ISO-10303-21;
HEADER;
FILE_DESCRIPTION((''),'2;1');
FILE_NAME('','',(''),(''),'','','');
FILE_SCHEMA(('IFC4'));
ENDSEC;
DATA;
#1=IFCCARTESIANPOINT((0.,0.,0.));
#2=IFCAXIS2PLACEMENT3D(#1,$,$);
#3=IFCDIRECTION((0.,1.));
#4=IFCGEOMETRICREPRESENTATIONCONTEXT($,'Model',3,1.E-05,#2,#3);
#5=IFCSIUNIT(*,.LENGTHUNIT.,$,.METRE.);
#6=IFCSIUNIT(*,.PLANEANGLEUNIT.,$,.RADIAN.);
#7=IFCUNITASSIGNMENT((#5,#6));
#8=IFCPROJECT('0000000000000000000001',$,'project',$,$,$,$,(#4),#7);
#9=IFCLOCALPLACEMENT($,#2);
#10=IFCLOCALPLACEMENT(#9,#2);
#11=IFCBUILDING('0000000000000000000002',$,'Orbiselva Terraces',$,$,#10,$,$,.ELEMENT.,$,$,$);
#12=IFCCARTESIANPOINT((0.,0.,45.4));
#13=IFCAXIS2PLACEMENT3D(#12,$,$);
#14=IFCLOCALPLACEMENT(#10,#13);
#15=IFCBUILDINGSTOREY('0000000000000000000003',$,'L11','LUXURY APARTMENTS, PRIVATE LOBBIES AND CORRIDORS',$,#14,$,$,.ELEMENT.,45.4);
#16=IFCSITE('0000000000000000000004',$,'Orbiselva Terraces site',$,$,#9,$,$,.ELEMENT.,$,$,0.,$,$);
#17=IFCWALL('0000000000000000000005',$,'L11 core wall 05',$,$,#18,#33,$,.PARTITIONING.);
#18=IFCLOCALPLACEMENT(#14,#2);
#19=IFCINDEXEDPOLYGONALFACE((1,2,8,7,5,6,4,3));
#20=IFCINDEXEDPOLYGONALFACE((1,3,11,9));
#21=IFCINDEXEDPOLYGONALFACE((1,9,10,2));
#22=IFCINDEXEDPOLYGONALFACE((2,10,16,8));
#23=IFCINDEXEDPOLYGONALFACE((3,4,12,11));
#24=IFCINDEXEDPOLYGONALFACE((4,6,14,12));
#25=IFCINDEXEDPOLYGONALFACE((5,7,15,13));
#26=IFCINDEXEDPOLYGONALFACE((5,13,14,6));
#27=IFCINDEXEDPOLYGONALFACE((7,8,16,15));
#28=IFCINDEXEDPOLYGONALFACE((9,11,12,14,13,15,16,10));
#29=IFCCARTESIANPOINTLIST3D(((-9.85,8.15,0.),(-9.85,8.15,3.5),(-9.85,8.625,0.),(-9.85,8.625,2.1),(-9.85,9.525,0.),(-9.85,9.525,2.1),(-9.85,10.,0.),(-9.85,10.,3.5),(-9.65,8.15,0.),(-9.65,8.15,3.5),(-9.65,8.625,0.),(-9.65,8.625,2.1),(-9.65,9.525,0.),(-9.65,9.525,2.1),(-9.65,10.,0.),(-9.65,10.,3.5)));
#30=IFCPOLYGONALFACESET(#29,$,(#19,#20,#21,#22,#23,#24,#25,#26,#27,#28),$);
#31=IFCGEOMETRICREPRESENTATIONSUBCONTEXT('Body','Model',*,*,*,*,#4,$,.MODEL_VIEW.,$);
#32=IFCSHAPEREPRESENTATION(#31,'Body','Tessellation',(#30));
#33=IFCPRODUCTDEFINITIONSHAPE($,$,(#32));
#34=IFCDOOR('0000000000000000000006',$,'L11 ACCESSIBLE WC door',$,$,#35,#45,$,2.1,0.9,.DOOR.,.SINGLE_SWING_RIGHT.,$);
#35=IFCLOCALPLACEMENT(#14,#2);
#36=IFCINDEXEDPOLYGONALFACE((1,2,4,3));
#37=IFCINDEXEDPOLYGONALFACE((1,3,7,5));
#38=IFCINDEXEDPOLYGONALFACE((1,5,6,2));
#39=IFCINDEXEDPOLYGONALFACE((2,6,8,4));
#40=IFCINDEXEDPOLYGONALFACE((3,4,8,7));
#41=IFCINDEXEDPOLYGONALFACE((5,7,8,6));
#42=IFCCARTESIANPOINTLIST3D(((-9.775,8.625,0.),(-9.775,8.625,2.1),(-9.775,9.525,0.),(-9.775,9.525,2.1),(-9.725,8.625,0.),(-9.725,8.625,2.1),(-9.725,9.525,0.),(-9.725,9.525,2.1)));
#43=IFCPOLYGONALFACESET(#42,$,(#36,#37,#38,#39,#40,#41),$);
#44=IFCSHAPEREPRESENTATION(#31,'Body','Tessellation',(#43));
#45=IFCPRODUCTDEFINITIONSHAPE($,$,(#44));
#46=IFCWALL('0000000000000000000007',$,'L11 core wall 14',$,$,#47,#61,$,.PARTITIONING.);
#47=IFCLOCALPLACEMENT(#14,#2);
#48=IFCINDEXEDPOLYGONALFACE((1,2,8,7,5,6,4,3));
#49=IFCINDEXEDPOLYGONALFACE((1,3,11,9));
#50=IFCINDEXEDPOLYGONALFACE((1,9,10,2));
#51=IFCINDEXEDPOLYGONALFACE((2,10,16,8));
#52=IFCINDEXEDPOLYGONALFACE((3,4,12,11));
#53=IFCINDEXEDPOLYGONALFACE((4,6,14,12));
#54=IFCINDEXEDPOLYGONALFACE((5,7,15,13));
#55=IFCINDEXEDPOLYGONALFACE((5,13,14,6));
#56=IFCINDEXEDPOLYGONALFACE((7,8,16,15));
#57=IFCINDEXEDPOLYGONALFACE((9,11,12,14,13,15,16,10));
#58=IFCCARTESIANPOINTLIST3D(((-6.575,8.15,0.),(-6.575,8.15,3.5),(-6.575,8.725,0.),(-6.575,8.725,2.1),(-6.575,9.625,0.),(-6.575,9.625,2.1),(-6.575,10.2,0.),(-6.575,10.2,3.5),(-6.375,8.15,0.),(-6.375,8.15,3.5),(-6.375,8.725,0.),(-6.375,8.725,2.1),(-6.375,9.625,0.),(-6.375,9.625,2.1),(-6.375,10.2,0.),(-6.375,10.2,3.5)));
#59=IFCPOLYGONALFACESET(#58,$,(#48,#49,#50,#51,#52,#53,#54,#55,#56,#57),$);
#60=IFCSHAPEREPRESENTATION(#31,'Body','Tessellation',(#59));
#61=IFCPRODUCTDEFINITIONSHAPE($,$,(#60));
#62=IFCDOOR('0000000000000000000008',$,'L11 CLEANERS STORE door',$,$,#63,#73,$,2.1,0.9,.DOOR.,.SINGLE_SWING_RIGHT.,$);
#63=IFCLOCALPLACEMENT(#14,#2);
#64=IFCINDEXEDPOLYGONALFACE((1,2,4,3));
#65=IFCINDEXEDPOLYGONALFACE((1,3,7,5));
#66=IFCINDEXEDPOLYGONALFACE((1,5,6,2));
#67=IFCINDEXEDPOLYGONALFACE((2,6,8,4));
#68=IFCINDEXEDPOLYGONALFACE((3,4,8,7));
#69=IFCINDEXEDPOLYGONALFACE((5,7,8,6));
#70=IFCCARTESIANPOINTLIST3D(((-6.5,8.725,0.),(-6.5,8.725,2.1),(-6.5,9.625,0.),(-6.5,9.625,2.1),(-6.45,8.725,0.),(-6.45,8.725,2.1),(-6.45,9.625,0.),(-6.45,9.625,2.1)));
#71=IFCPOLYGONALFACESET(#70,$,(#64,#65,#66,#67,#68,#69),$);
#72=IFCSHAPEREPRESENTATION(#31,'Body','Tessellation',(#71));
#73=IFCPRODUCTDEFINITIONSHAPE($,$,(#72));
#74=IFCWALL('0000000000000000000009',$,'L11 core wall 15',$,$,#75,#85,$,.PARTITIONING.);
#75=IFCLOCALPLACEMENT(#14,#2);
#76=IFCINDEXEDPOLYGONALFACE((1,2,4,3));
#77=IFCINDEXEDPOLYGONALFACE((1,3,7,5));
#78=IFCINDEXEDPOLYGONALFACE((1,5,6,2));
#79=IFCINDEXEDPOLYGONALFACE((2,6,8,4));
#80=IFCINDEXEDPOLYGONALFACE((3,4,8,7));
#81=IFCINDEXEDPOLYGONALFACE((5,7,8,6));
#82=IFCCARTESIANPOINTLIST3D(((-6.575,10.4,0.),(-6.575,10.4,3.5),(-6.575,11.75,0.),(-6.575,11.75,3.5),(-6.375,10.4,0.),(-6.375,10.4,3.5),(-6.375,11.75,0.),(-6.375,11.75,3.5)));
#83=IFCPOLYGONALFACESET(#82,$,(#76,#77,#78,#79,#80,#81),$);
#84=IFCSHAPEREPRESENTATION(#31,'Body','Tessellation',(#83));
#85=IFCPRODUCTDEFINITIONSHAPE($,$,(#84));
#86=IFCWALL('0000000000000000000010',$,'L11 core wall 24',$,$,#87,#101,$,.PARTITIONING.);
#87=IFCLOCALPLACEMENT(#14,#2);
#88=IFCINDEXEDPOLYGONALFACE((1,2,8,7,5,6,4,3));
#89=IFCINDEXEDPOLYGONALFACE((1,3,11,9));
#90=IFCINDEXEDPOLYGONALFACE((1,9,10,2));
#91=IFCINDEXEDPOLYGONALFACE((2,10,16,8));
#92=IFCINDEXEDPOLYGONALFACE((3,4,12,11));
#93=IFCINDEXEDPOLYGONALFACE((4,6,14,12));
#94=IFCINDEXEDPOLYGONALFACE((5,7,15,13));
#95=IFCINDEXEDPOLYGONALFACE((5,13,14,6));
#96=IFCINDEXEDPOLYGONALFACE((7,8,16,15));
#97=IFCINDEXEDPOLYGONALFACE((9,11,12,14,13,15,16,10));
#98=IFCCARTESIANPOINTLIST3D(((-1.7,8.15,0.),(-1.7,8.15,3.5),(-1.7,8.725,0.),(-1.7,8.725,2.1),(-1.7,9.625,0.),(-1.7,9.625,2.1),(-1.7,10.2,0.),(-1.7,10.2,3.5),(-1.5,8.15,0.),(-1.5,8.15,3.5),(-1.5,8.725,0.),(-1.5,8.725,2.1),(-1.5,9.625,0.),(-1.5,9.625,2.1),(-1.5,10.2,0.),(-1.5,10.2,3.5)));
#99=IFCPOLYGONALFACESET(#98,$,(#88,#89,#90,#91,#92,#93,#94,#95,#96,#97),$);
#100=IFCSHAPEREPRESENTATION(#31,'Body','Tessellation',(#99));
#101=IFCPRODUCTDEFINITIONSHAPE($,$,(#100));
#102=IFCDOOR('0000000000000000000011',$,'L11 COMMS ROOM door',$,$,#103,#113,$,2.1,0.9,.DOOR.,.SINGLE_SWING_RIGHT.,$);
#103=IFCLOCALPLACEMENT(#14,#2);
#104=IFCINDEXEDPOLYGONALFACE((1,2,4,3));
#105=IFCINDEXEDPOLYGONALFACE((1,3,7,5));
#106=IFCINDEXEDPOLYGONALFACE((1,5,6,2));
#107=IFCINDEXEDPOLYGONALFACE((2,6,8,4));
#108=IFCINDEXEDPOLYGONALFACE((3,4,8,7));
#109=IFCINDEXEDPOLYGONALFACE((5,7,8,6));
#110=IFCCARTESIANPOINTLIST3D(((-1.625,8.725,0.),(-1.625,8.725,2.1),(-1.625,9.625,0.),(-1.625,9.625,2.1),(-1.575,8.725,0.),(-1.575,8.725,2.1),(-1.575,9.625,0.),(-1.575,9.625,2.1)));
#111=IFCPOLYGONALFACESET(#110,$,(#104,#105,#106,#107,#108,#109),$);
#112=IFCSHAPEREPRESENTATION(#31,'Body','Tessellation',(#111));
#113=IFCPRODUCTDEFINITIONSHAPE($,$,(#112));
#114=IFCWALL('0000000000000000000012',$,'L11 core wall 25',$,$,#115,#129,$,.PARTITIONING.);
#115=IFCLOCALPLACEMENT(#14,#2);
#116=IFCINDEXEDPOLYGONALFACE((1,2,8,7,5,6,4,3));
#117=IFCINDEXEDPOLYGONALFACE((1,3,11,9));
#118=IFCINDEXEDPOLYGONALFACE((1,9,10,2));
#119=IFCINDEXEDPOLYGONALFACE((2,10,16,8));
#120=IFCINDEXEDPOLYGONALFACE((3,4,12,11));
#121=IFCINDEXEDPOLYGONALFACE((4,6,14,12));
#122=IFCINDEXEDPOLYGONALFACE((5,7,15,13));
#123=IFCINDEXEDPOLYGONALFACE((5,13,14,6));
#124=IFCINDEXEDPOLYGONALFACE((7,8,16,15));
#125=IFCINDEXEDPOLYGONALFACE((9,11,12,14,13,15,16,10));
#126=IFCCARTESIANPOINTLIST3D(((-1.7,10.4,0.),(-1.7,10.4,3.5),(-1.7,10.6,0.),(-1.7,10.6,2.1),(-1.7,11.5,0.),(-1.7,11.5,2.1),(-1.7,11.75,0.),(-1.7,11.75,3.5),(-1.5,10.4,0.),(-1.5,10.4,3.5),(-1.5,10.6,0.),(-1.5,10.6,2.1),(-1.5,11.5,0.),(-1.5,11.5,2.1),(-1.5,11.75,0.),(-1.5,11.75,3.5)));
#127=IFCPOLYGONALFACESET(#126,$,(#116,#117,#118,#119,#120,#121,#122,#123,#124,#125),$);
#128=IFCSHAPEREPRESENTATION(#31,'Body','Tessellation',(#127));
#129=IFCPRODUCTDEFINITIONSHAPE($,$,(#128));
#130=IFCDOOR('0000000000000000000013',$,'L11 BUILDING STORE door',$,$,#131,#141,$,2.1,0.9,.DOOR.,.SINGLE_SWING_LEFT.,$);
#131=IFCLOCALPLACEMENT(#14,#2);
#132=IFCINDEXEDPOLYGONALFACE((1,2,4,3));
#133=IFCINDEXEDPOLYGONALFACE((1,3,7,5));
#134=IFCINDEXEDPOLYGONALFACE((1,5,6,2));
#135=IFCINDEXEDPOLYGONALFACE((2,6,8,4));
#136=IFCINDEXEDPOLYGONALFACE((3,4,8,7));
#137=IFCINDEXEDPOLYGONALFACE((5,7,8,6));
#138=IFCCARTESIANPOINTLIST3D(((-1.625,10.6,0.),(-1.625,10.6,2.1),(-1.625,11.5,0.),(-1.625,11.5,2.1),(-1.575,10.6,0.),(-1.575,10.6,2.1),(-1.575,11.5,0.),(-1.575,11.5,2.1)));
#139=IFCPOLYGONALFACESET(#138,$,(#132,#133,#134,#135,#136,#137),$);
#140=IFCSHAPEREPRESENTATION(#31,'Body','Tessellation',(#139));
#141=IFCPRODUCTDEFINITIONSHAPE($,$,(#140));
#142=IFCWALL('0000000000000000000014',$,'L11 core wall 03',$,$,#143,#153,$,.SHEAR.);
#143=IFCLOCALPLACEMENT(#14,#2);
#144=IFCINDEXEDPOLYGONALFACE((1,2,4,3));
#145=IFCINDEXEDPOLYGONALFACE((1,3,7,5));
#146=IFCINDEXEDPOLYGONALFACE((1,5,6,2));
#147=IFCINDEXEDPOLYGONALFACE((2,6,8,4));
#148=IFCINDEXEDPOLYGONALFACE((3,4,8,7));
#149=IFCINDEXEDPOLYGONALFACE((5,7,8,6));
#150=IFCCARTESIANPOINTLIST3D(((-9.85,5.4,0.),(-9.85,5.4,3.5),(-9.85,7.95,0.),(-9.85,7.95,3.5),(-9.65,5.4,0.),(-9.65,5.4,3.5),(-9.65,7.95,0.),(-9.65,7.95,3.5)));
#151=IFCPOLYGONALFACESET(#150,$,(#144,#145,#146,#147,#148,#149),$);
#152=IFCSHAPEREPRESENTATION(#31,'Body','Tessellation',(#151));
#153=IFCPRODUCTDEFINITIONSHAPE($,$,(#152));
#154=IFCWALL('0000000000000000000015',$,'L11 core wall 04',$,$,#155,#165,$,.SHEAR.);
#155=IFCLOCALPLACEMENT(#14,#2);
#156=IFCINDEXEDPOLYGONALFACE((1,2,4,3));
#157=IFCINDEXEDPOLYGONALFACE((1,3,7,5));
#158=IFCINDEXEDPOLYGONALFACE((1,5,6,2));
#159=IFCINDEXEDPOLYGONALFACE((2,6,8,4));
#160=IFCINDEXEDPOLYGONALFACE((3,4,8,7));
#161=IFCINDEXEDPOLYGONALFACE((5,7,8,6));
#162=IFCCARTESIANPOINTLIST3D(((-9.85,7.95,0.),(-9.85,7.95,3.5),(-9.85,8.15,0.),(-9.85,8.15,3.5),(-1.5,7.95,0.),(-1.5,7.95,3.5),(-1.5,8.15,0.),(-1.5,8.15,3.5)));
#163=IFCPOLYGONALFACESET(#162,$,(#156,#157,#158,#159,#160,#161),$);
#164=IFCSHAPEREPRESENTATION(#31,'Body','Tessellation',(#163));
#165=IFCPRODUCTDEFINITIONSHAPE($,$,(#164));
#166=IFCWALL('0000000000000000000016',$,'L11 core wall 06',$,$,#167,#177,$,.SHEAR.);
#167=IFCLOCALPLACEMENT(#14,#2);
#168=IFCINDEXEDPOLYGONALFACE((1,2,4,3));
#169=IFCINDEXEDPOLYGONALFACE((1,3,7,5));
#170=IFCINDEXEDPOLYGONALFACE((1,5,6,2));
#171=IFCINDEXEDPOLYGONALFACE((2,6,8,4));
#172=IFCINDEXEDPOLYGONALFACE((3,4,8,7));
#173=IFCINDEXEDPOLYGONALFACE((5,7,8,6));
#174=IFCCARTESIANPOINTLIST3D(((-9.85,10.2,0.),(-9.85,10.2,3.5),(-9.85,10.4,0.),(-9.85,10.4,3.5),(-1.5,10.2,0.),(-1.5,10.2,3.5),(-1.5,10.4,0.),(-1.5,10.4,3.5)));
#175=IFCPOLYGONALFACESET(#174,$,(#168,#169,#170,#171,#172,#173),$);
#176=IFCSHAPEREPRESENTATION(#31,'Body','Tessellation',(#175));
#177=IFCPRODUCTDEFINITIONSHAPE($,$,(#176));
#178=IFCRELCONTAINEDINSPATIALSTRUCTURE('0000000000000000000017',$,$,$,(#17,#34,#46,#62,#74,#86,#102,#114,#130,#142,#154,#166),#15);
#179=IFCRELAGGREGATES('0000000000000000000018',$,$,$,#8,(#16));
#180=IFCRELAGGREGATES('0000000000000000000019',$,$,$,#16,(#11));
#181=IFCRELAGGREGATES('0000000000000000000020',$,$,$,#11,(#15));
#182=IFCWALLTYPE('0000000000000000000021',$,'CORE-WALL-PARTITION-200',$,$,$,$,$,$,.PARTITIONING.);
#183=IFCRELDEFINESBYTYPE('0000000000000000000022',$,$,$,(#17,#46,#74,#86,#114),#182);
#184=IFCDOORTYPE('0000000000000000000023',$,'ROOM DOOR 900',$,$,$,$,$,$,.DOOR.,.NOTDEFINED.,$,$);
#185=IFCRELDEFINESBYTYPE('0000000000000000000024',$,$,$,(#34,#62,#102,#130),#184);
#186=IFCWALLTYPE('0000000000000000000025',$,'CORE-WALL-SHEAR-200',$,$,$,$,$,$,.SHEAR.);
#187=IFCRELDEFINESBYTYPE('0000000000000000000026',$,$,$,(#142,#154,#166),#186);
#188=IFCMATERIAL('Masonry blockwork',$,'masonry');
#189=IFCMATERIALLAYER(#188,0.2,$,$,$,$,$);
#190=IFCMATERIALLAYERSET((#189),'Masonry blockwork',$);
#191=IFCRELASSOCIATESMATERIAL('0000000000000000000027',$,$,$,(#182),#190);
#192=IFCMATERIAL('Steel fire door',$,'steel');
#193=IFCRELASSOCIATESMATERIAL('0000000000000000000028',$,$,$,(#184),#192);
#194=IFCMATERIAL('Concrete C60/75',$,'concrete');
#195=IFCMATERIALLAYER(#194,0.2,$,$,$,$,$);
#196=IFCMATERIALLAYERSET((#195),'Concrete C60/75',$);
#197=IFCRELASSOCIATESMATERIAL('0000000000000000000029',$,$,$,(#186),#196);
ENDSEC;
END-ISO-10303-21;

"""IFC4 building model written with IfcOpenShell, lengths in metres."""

from ifc_helpers import new_model, si_unit, direction, frame, frame_2d, origin, place, context, subcontext, project, spatial, rectangle, extrude, material, layer, layer_set, type_object, element, fill, save


model = new_model("IFC4")

# Units and contexts
model_context = context("Model", 3, precision=1e-05, world=origin(), true_north=direction((0.0, 1.0)))
body_context = subcontext(model_context, "Body", "Model", "MODEL_VIEW")
ifc_project = project(units=[si_unit("LENGTHUNIT", "METRE"), si_unit("PLANEANGLEUNIT", "RADIAN")], contexts=[model_context])

# Site, building, storey
site_placement = place(None, origin())
site = spatial("IfcSite", under=ifc_project, at=site_placement, Name="Orbiselva Terraces site", CompositionType="ELEMENT", RefElevation=0.0)
building_placement = place(site_placement, origin())
building = spatial("IfcBuilding", under=site, at=building_placement, Name="Orbiselva Terraces", CompositionType="ELEMENT")
storey_placement = place(building_placement, frame((0.0, 0.0, 45.4)))
storey = spatial("IfcBuildingStorey", under=building, at=storey_placement, Name="L11", Description="LUXURY APARTMENTS, PRIVATE LOBBIES AND CORRIDORS", CompositionType="ELEMENT", Elevation=45.4)

# Walls, openings, doors
ifc_material_1 = material(Name="Masonry blockwork", Category="masonry")
ifc_layer_1 = layer(ifc_material_1, 0.2)
ifc_layer_set_1 = layer_set([ifc_layer_1], Name="Masonry blockwork")
wall_type_1 = type_object("IfcWallType", Name="CORE-WALL-PARTITION-200", PredefinedType="PARTITIONING", material=ifc_layer_set_1)
wall_1_placement = place(storey_placement, frame((-9.75, 8.15, 0.0), z_axis=(0.0, 0.0, 1.0), x_axis=(0.0, 1.0, 0.0)))
wall_1 = element("IfcWall", 1, at=wall_1_placement, inside=storey, type_object=wall_type_1, Name="L11 core wall 05", PredefinedType="PARTITIONING", context=body_context, shape_type="SweptSolid", body=[
    extrude(rectangle(XDim=1.85, YDim=0.2, at=frame_2d((0.925, 0.0))), origin(), (0.0, 0.0, 1.0), 3.5),
])
opening_1_placement = place(wall_1_placement, frame((0.475, 0.0, 0.0)))
opening_1 = element("IfcOpeningElement", 2, at=opening_1_placement, cuts=wall_1, PredefinedType="OPENING", context=body_context, shape_type="SweptSolid", body=[
    extrude(rectangle(XDim=0.9, YDim=2.1, at=frame_2d((0.45, 1.05))), frame((0.0, 0.11, 0.0), z_axis=(0.0, -1.0, 0.0), x_axis=(1.0, 0.0, 0.0)), (0.0, 0.0, 1.0), 0.22),
])
ifc_material_2 = material(Name="Steel fire door", Category="steel")
door_type = type_object("IfcDoorType", Name="ROOM DOOR 900", OperationType="NOTDEFINED", PredefinedType="DOOR", material=ifc_material_2)
door_1_placement = place(opening_1_placement, origin())
door_1 = element("IfcDoor", 3, at=door_1_placement, inside=storey, type_object=door_type, Name="L11 ACCESSIBLE WC door", OperationType="SINGLE_SWING_RIGHT", OverallHeight=2.1, OverallWidth=0.9, PredefinedType="DOOR", context=body_context, shape_type="SweptSolid", body=[
    extrude(rectangle(XDim=0.9, YDim=2.1, at=frame_2d((0.45, 1.05))), frame((0.0, 0.025, 0.0), z_axis=(0.0, -1.0, 0.0), x_axis=(1.0, 0.0, 0.0)), (0.0, 0.0, 1.0), 0.05),
])
fill(opening_1, door_1)
wall_2_placement = place(storey_placement, frame((-6.475, 8.15, 0.0), z_axis=(0.0, 0.0, 1.0), x_axis=(0.0, 1.0, 0.0)))
wall_2 = element("IfcWall", 4, at=wall_2_placement, inside=storey, type_object=wall_type_1, Name="L11 core wall 14", PredefinedType="PARTITIONING", context=body_context, shape_type="SweptSolid", body=[
    extrude(rectangle(XDim=2.05, YDim=0.2, at=frame_2d((1.025, 0.0))), origin(), (0.0, 0.0, 1.0), 3.5),
])
opening_2_placement = place(wall_2_placement, frame((0.575, 0.0, 0.0)))
opening_2 = element("IfcOpeningElement", 5, at=opening_2_placement, cuts=wall_2, PredefinedType="OPENING", context=body_context, shape_type="SweptSolid", body=[
    extrude(rectangle(XDim=0.9, YDim=2.1, at=frame_2d((0.45, 1.05))), frame((0.0, 0.11, 0.0), z_axis=(0.0, -1.0, 0.0), x_axis=(1.0, 0.0, 0.0)), (0.0, 0.0, 1.0), 0.22),
])
door_2_placement = place(opening_2_placement, origin())
door_2 = element("IfcDoor", 6, at=door_2_placement, inside=storey, type_object=door_type, Name="L11 CLEANERS STORE door", OperationType="SINGLE_SWING_RIGHT", OverallHeight=2.1, OverallWidth=0.9, PredefinedType="DOOR", context=body_context, shape_type="SweptSolid", body=[
    extrude(rectangle(XDim=0.9, YDim=2.1, at=frame_2d((0.45, 1.05))), frame((0.0, 0.025, 0.0), z_axis=(0.0, -1.0, 0.0), x_axis=(1.0, 0.0, 0.0)), (0.0, 0.0, 1.0), 0.05),
])
fill(opening_2, door_2)

# Wall
wall_3_placement = place(storey_placement, frame((-6.475, 10.4, 0.0), z_axis=(0.0, 0.0, 1.0), x_axis=(0.0, 1.0, 0.0)))
element("IfcWall", 7, at=wall_3_placement, inside=storey, type_object=wall_type_1, Name="L11 core wall 15", PredefinedType="PARTITIONING", context=body_context, shape_type="SweptSolid", body=[
    extrude(rectangle(XDim=1.35, YDim=0.2, at=frame_2d((0.675, 0.0))), origin(), (0.0, 0.0, 1.0), 3.5),
])

# Walls, openings, doors
wall_4_placement = place(storey_placement, frame((-1.6, 8.15, 0.0), z_axis=(0.0, 0.0, 1.0), x_axis=(0.0, 1.0, 0.0)))
wall_4 = element("IfcWall", 8, at=wall_4_placement, inside=storey, type_object=wall_type_1, Name="L11 core wall 24", PredefinedType="PARTITIONING", context=body_context, shape_type="SweptSolid", body=[
    extrude(rectangle(XDim=2.05, YDim=0.2, at=frame_2d((1.025, 0.0))), origin(), (0.0, 0.0, 1.0), 3.5),
])
opening_3_placement = place(wall_4_placement, frame((0.575, 0.0, 0.0)))
opening_3 = element("IfcOpeningElement", 9, at=opening_3_placement, cuts=wall_4, PredefinedType="OPENING", context=body_context, shape_type="SweptSolid", body=[
    extrude(rectangle(XDim=0.9, YDim=2.1, at=frame_2d((0.45, 1.05))), frame((0.0, 0.11, 0.0), z_axis=(0.0, -1.0, 0.0), x_axis=(1.0, 0.0, 0.0)), (0.0, 0.0, 1.0), 0.22),
])
door_3_placement = place(opening_3_placement, origin())
door_3 = element("IfcDoor", 10, at=door_3_placement, inside=storey, type_object=door_type, Name="L11 COMMS ROOM door", OperationType="SINGLE_SWING_RIGHT", OverallHeight=2.1, OverallWidth=0.9, PredefinedType="DOOR", context=body_context, shape_type="SweptSolid", body=[
    extrude(rectangle(XDim=0.9, YDim=2.1, at=frame_2d((0.45, 1.05))), frame((0.0, 0.025, 0.0), z_axis=(0.0, -1.0, 0.0), x_axis=(1.0, 0.0, 0.0)), (0.0, 0.0, 1.0), 0.05),
])
fill(opening_3, door_3)
wall_5_placement = place(storey_placement, frame((-1.6, 10.4, 0.0), z_axis=(0.0, 0.0, 1.0), x_axis=(0.0, 1.0, 0.0)))
wall_5 = element("IfcWall", 11, at=wall_5_placement, inside=storey, type_object=wall_type_1, Name="L11 core wall 25", PredefinedType="PARTITIONING", context=body_context, shape_type="SweptSolid", body=[
    extrude(rectangle(XDim=1.35, YDim=0.2, at=frame_2d((0.675, 0.0))), origin(), (0.0, 0.0, 1.0), 3.5),
])
opening_4_placement = place(wall_5_placement, frame((0.2, 0.0, 0.0)))
opening_4 = element("IfcOpeningElement", 12, at=opening_4_placement, cuts=wall_5, PredefinedType="OPENING", context=body_context, shape_type="SweptSolid", body=[
    extrude(rectangle(XDim=0.9, YDim=2.1, at=frame_2d((0.45, 1.05))), frame((0.0, 0.11, 0.0), z_axis=(0.0, -1.0, 0.0), x_axis=(1.0, 0.0, 0.0)), (0.0, 0.0, 1.0), 0.22),
])
door_4_placement = place(opening_4_placement, origin())
door_4 = element("IfcDoor", 13, at=door_4_placement, inside=storey, type_object=door_type, Name="L11 BUILDING STORE door", OperationType="SINGLE_SWING_LEFT", OverallHeight=2.1, OverallWidth=0.9, PredefinedType="DOOR", context=body_context, shape_type="SweptSolid", body=[
    extrude(rectangle(XDim=0.9, YDim=2.1, at=frame_2d((0.45, 1.05))), frame((0.0, 0.025, 0.0), z_axis=(0.0, -1.0, 0.0), x_axis=(1.0, 0.0, 0.0)), (0.0, 0.0, 1.0), 0.05),
])
fill(opening_4, door_4)

# Walls
ifc_material_3 = material(Name="Concrete C60/75", Category="concrete")
ifc_layer_2 = layer(ifc_material_3, 0.2)
ifc_layer_set_2 = layer_set([ifc_layer_2], Name="Concrete C60/75")
wall_type_2 = type_object("IfcWallType", Name="CORE-WALL-SHEAR-200", PredefinedType="SHEAR", material=ifc_layer_set_2)
wall_6_placement = place(storey_placement, frame((-9.75, 5.4, 0.0), z_axis=(0.0, 0.0, 1.0), x_axis=(0.0, 1.0, 0.0)))
element("IfcWall", 14, at=wall_6_placement, inside=storey, type_object=wall_type_2, Name="L11 core wall 03", PredefinedType="SHEAR", context=body_context, shape_type="SweptSolid", body=[
    extrude(rectangle(XDim=2.55, YDim=0.2, at=frame_2d((1.275, 0.0))), origin(), (0.0, 0.0, 1.0), 3.5),
])
for number, where, z_axis, x_axis, name in (
    (15, (-9.85, 8.05, 0.0), (0.0, 0.0, 1.0), (1.0, 0.0, 0.0), "L11 core wall 04"),
    (16, (-9.85, 10.3, 0.0), (0.0, 0.0, 1.0), (1.0, 0.0, 0.0), "L11 core wall 06"),
):
    element("IfcWall", number, at=place(storey_placement, frame(where, z_axis=z_axis, x_axis=x_axis)), inside=storey, type_object=wall_type_2, Name=name, PredefinedType="SHEAR", context=body_context, shape_type="SweptSolid", body=[
        extrude(rectangle(XDim=8.35, YDim=0.2, at=frame_2d((4.175, 0.0))), origin(), (0.0, 0.0, 1.0), 3.5),
    ])

save(model, "model.ifc")
